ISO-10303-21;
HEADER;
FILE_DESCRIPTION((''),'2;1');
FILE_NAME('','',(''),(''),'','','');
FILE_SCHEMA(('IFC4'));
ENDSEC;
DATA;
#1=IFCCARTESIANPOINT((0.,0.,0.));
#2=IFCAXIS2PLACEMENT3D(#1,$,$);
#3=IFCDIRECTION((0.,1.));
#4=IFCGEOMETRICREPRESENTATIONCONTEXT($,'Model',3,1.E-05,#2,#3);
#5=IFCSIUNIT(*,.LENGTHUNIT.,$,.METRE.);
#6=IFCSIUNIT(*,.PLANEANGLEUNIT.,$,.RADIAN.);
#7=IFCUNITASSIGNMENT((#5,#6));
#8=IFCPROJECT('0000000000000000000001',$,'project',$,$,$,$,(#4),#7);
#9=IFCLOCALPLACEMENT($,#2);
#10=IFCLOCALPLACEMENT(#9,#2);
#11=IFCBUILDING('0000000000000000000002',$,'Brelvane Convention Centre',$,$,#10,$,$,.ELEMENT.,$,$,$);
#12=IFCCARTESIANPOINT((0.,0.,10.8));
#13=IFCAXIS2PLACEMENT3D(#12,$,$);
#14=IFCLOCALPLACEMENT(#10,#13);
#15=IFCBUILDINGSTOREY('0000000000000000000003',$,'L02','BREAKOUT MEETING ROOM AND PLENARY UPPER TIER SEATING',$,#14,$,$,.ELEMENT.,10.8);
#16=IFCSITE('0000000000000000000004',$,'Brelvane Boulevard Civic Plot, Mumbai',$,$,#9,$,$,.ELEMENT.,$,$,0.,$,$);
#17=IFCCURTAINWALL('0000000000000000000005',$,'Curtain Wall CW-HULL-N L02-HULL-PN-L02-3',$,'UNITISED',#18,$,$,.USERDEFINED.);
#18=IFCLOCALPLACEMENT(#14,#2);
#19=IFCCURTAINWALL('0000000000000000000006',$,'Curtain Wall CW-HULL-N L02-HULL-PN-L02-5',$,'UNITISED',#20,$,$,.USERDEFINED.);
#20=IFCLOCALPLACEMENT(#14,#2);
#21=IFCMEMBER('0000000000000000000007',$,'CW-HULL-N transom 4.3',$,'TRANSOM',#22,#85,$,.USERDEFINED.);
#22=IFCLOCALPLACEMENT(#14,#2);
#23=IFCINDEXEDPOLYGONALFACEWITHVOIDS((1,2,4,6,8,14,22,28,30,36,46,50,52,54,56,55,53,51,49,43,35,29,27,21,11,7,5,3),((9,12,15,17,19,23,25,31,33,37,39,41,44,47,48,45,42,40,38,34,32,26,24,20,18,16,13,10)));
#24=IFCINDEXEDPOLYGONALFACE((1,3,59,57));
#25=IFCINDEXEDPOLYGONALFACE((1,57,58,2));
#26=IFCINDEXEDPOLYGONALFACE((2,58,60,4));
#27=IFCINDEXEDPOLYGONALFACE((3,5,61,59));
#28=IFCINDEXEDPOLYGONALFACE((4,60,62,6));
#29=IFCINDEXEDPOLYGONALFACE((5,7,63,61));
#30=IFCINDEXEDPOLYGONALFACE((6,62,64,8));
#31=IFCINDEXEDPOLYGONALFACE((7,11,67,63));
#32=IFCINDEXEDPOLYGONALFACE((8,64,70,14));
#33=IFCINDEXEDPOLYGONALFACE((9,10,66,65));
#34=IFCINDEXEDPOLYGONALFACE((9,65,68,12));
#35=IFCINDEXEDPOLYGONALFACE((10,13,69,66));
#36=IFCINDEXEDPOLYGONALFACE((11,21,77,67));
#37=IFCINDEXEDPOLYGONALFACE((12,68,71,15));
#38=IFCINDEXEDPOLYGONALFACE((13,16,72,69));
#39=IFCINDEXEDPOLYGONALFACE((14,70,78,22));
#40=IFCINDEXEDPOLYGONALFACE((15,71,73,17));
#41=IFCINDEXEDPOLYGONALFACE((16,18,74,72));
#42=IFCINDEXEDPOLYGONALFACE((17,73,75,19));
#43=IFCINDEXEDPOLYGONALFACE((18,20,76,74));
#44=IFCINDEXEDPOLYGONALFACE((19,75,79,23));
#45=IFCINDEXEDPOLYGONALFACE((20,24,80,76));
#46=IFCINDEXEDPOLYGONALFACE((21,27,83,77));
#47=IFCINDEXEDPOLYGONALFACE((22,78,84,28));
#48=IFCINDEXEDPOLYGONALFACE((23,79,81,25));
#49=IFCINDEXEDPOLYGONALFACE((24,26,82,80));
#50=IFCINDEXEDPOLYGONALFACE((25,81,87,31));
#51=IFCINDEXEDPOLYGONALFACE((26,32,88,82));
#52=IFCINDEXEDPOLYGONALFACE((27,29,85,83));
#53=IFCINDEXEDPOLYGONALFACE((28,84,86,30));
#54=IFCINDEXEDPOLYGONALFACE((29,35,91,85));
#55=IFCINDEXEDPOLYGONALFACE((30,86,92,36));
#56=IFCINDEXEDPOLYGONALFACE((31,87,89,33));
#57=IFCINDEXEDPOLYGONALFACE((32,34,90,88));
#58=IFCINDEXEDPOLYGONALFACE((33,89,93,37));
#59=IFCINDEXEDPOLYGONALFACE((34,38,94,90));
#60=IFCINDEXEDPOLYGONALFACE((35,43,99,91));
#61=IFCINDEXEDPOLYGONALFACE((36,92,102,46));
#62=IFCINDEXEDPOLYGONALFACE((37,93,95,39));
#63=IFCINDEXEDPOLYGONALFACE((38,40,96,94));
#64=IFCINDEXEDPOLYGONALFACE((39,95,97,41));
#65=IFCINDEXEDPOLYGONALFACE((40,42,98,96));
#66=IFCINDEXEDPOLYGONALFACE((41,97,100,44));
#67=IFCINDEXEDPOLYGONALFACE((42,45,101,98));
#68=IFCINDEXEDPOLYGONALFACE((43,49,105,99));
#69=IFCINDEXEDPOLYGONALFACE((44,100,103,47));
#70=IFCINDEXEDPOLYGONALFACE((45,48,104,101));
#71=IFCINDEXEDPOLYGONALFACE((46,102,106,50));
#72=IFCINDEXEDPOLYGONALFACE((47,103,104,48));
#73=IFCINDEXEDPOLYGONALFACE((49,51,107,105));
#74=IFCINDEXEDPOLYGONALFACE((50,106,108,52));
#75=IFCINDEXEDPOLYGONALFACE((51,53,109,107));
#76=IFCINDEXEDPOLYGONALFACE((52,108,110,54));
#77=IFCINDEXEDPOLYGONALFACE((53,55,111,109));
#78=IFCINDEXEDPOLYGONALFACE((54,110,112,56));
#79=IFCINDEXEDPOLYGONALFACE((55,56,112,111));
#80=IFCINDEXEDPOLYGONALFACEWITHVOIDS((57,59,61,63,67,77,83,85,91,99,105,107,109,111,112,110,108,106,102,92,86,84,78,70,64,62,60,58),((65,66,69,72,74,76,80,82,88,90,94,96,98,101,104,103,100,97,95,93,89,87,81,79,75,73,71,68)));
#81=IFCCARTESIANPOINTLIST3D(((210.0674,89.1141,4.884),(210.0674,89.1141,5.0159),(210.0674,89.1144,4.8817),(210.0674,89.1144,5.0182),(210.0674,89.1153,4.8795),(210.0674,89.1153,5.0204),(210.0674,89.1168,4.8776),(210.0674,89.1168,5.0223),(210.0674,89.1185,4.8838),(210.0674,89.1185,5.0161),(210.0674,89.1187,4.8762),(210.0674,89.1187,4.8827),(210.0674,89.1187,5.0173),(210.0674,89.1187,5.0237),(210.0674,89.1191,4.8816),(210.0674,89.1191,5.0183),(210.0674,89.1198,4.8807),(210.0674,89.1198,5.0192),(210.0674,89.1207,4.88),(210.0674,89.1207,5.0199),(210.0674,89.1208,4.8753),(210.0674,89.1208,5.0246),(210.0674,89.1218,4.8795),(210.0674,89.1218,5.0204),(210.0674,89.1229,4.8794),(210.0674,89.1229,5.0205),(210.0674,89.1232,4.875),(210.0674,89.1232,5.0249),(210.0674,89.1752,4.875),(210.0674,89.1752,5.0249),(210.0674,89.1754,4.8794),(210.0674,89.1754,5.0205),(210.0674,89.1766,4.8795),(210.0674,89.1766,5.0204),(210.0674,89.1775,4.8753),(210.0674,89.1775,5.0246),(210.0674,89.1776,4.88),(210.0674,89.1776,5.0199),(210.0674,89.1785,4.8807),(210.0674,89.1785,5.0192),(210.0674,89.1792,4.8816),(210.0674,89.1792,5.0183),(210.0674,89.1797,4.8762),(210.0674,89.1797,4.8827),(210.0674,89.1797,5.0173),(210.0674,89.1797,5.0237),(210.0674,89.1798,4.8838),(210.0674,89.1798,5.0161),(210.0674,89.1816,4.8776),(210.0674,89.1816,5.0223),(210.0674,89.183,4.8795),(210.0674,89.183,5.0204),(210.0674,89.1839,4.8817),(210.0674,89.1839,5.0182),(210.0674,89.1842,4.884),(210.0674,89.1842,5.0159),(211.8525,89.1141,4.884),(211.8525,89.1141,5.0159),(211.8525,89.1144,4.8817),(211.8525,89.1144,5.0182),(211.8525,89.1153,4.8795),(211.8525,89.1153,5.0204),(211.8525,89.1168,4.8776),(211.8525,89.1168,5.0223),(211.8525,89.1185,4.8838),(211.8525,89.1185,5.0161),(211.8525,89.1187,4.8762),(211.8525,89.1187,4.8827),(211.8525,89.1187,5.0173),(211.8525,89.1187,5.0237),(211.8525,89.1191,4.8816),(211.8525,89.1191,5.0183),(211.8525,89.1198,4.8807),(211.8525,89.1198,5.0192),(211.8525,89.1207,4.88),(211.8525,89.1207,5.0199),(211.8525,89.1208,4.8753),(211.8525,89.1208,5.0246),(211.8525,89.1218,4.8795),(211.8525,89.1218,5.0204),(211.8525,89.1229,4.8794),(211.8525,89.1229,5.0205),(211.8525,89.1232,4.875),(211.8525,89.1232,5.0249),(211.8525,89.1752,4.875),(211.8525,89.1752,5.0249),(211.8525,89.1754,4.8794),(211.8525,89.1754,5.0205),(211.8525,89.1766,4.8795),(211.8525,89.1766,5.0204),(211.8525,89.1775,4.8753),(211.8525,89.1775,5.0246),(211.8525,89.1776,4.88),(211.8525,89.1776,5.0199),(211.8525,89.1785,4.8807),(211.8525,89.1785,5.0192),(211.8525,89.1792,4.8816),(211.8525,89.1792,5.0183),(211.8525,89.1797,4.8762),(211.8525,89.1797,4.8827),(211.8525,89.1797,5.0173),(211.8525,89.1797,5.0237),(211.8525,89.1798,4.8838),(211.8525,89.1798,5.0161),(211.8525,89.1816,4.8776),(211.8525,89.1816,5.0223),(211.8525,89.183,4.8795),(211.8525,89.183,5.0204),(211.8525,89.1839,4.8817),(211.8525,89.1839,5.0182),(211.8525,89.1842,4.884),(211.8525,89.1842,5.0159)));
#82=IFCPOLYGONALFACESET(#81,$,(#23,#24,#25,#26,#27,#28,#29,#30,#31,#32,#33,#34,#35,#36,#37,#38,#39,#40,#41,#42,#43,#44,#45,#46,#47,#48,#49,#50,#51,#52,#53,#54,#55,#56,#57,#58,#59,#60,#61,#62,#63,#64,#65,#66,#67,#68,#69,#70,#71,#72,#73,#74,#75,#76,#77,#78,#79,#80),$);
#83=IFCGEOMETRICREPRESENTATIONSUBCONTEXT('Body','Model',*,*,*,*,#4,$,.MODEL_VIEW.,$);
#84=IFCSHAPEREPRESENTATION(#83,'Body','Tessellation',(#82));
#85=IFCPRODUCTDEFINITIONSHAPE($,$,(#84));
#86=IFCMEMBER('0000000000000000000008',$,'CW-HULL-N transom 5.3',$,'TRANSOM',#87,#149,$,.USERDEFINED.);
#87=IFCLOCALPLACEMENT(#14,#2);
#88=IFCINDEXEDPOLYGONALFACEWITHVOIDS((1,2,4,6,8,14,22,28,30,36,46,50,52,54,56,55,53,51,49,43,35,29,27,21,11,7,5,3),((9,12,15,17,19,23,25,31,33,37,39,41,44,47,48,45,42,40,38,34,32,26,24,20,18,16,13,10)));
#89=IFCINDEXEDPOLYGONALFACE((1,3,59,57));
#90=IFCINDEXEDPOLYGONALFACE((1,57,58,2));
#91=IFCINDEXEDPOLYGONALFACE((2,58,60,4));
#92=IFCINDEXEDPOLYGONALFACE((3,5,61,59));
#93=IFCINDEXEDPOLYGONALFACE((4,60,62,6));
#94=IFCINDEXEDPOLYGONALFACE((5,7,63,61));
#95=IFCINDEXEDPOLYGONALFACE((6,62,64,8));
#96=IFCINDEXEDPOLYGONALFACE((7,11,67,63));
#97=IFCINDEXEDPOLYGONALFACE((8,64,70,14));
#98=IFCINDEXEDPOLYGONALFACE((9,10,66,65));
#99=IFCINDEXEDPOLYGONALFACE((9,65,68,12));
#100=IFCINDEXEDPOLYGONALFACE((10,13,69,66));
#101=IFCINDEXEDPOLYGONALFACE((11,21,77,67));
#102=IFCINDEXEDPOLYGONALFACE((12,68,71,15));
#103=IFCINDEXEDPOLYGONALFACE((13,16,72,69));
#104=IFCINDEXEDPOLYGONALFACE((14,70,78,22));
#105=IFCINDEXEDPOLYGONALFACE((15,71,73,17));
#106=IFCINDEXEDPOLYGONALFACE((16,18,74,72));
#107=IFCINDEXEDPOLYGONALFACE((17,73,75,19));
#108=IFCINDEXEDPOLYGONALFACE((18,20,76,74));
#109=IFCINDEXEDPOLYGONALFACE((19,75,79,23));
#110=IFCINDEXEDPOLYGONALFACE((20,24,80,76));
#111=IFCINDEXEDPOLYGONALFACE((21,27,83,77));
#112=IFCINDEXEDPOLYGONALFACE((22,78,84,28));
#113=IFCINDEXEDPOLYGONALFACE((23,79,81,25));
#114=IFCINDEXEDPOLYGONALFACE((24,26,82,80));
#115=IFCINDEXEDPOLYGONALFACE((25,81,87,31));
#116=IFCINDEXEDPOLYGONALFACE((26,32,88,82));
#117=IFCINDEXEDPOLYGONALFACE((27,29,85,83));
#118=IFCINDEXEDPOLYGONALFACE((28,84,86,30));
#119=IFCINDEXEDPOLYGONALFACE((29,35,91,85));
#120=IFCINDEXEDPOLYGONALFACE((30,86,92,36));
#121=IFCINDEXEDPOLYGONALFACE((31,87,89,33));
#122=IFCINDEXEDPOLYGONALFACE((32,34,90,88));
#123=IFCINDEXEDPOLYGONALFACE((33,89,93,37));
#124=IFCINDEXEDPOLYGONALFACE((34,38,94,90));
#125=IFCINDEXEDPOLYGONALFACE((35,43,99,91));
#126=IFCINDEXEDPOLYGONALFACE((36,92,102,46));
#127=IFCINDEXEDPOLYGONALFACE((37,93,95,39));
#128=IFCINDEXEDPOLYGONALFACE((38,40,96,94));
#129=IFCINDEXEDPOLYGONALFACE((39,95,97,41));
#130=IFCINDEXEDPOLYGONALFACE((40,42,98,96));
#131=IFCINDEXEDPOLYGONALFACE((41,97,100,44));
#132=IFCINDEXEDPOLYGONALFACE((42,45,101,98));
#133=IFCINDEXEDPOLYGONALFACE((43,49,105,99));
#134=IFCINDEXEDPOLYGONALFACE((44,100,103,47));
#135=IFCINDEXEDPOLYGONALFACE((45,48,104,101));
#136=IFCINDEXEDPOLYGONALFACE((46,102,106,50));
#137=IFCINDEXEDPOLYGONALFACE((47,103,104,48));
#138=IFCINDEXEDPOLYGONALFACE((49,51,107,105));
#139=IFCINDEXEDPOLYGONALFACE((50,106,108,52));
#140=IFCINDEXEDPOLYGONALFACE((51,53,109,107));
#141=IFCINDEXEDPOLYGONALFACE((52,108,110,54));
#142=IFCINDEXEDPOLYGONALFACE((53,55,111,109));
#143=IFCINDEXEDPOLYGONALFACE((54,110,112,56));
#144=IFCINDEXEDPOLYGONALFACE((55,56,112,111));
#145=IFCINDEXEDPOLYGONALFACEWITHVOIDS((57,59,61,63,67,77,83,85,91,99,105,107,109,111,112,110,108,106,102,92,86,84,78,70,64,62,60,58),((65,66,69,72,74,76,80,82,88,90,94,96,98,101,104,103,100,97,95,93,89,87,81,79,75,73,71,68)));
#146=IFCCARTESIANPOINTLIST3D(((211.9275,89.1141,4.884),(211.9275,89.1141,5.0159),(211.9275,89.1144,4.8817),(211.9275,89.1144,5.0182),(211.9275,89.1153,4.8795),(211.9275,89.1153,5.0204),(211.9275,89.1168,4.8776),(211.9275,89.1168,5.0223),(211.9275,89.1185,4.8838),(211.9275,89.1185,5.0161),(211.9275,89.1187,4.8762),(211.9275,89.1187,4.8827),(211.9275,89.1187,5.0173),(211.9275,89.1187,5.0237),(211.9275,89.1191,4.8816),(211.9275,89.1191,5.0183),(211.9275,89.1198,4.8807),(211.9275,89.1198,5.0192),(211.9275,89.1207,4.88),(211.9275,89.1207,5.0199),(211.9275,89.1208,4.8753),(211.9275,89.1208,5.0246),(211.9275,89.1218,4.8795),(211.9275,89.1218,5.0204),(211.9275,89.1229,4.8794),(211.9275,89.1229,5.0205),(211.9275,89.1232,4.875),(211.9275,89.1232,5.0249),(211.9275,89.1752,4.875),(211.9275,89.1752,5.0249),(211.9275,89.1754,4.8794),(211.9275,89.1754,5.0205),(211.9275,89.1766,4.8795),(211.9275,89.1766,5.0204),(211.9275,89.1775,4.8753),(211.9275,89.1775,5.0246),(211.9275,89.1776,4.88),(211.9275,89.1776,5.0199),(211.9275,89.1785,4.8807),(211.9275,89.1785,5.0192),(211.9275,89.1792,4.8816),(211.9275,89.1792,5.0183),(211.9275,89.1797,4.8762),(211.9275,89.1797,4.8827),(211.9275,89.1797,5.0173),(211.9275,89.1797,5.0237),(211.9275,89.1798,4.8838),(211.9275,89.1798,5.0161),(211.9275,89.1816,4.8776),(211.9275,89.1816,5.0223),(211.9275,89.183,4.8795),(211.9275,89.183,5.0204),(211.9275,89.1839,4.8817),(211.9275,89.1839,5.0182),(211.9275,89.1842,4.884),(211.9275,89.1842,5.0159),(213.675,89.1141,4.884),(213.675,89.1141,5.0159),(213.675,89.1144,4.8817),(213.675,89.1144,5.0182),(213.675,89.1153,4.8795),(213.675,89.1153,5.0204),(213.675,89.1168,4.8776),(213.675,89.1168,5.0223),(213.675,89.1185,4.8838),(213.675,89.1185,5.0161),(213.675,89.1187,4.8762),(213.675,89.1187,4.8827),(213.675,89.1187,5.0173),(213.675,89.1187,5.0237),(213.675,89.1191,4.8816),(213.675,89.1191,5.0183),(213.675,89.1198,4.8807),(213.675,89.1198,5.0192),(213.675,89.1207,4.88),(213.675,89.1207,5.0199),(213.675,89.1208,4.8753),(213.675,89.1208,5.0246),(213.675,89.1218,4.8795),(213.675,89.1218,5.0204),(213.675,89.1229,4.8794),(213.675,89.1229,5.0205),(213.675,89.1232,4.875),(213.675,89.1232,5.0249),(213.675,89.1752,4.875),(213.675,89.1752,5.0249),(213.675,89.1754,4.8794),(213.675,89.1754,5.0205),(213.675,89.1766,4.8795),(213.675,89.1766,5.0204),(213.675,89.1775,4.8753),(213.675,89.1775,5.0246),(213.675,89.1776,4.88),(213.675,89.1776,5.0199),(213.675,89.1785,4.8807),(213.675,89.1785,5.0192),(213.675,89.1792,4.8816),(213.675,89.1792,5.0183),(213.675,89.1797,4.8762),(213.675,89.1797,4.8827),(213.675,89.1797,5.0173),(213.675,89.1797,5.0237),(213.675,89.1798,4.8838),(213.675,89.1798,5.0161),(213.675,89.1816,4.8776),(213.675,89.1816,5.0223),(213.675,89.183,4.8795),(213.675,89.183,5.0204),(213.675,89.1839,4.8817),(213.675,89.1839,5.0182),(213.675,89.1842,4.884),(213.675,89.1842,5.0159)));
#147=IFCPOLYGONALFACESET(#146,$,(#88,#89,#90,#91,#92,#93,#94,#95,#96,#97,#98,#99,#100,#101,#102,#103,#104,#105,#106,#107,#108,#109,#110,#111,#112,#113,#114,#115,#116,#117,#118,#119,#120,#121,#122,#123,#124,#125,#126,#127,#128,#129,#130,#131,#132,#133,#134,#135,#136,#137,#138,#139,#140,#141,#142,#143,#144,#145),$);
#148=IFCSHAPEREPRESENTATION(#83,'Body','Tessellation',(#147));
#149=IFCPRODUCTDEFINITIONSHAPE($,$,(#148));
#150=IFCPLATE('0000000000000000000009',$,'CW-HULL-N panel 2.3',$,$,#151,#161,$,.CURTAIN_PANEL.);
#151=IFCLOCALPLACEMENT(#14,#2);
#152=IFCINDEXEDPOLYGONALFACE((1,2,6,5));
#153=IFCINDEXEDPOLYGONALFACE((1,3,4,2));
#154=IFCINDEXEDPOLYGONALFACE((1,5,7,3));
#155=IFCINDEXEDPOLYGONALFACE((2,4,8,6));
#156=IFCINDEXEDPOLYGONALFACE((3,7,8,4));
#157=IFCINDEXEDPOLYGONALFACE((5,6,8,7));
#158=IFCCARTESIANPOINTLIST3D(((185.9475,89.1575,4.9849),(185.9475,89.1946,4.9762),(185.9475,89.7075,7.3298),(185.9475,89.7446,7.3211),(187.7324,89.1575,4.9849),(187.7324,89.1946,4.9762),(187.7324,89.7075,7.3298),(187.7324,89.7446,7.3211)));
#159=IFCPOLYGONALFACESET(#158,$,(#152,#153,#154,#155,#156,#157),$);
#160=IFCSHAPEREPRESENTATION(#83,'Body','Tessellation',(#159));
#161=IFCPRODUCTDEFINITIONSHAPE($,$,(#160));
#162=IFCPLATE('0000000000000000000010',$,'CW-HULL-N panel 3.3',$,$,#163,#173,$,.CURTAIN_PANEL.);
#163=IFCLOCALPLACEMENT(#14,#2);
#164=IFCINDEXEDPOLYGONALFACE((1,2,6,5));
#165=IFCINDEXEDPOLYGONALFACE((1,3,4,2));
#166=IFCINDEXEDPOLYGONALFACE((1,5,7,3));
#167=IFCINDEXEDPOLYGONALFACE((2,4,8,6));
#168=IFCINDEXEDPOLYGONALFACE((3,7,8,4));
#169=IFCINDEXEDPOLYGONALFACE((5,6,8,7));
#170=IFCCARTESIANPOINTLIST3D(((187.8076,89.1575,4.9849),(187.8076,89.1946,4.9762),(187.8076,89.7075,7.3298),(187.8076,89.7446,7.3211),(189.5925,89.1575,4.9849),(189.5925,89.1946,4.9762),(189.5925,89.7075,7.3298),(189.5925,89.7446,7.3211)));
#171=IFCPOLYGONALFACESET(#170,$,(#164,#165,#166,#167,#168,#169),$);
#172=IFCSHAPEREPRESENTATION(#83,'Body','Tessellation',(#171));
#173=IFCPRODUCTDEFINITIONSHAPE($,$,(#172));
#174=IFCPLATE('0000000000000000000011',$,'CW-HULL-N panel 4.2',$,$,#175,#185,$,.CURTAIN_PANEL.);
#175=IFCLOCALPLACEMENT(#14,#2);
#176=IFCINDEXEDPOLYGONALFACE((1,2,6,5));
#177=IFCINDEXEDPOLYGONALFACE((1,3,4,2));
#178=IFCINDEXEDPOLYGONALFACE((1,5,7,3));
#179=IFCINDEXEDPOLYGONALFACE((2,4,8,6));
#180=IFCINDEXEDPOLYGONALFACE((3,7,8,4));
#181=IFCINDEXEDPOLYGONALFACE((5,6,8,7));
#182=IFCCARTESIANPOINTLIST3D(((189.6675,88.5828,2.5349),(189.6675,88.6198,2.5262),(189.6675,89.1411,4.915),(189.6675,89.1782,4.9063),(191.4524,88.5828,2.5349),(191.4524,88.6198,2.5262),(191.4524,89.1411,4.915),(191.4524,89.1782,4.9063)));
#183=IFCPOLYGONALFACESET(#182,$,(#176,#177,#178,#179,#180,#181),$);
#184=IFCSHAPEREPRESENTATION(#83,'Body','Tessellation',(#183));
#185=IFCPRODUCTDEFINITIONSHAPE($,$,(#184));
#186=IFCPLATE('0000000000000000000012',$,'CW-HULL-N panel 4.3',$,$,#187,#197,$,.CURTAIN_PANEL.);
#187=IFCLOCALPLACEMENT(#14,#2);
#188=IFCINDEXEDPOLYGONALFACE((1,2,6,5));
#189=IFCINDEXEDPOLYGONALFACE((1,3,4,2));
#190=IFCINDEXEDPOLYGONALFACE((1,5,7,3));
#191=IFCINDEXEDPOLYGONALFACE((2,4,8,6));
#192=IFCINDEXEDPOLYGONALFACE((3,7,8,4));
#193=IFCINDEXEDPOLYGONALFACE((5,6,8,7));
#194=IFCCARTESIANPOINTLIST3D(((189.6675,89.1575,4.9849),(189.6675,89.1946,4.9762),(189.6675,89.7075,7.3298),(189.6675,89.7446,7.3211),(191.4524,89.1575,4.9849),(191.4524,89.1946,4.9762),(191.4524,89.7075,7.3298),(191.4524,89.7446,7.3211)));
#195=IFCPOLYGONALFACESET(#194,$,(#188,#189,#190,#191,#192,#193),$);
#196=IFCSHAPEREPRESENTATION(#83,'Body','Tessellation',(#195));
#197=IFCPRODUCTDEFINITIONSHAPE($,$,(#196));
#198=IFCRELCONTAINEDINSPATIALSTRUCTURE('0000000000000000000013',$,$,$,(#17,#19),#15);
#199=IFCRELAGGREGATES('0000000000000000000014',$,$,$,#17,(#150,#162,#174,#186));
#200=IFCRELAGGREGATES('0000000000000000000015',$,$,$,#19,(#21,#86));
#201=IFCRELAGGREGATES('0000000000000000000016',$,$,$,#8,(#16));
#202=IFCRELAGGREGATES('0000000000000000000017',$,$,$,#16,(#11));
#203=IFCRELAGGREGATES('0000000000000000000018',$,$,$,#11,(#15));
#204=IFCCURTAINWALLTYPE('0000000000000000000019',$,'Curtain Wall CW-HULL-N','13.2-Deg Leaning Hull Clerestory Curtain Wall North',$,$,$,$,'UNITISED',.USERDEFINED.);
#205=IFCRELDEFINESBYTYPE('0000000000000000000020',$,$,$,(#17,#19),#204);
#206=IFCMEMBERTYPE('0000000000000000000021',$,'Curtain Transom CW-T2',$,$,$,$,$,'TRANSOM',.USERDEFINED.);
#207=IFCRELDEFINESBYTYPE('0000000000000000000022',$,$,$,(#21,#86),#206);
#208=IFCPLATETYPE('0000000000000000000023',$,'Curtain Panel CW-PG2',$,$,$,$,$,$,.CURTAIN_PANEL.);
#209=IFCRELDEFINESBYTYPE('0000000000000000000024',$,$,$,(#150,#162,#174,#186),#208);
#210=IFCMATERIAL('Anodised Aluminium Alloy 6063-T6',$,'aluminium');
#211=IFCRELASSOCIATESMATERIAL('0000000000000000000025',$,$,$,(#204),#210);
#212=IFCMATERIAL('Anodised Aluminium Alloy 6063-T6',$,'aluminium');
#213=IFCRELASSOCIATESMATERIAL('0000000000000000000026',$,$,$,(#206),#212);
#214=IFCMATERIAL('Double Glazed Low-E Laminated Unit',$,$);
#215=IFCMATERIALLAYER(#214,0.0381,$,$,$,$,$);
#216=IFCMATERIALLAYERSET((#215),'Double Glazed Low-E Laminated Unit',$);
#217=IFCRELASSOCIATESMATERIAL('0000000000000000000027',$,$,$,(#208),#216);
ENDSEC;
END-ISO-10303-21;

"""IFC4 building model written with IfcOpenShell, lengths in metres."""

from ifc_helpers import new_model, si_unit, direction, frame, origin, origin_2d, place, context, subcontext, project, spatial, polyline, hollow_rectangle, outline, extrude, material, layer, layer_set, material_profile, profile_set, type_object, element, aggregate, save


model = new_model("IFC4")

# Units and contexts
model_context = context("Model", 3, precision=1e-05, world=origin(), true_north=direction((0.0, 1.0)))
body_context = subcontext(model_context, "Body", "Model", "MODEL_VIEW")
ifc_project = project(units=[si_unit("LENGTHUNIT", "METRE"), si_unit("PLANEANGLEUNIT", "RADIAN")], contexts=[model_context])

# Site, building, storey
site_placement = place(None, origin())
site = spatial("IfcSite", under=ifc_project, at=site_placement, Name="Brelvane Boulevard Civic Plot, Mumbai", CompositionType="ELEMENT", RefElevation=0.0)
building_placement = place(site_placement, origin())
building = spatial("IfcBuilding", under=site, at=building_placement, Name="Brelvane Convention Centre", CompositionType="ELEMENT")
storey_placement = place(building_placement, frame((0.0, 0.0, 10.8)))
storey = spatial("IfcBuildingStorey", under=building, at=storey_placement, Name="L02", Description="BREAKOUT MEETING ROOM AND PLENARY UPPER TIER SEATING", CompositionType="ELEMENT", Elevation=10.8)

# Curtain walls, members
ifc_material_1 = material(Name="Anodised Aluminium Alloy 6063-T6", Category="aluminium")
curtain_wall_type = type_object("IfcCurtainWallType", Name="Curtain Wall CW-HULL-N", Description="13.2-Deg Leaning Hull Clerestory Curtain Wall North", ElementType="UNITISED", PredefinedType="USERDEFINED", material=ifc_material_1)
curtain_wall_1_placement = place(storey_placement, origin())
curtain_wall_1 = element("IfcCurtainWall", 1, at=curtain_wall_1_placement, inside=storey, type_object=curtain_wall_type, Name="Curtain Wall CW-HULL-N L02-HULL-PN-L02-3", ObjectType="UNITISED", PredefinedType="USERDEFINED")
ifc_material_2 = material(Name="Anodised Aluminium Alloy 6063-T6", Category="aluminium")
ifc_material_profile = material_profile(ifc_material_2, hollow_rectangle(XDim=0.0701, YDim=0.1499, WallThickness=0.0044, InnerFilletRadius=0.0044, OuterFilletRadius=0.009, at=origin_2d()), Name="ALU-T 150x70x4.5")
ifc_profile_set = profile_set([ifc_material_profile], Name="Anodised Aluminium Alloy 6063-T6")
member_type = type_object("IfcMemberType", Name="Curtain Transom CW-T2", ElementType="TRANSOM", PredefinedType="USERDEFINED", material=ifc_profile_set)
curtain_wall_2_placement = place(storey_placement, origin())
curtain_wall_2 = element("IfcCurtainWall", 2, at=curtain_wall_2_placement, inside=storey, type_object=curtain_wall_type, Name="Curtain Wall CW-HULL-N L02-HULL-PN-L02-5", ObjectType="UNITISED", PredefinedType="USERDEFINED")
member_1_placement = place(storey_placement, frame((210.0674, 89.1492, 4.95), z_axis=(1.0, 0.0, 0.0), x_axis=(0.0, 1.0, 0.0)))
member_1 = element("IfcMember", 3, at=member_1_placement, type_object=member_type, Name="CW-HULL-N transom 4.3", ObjectType="TRANSOM", PredefinedType="USERDEFINED", context=body_context, shape_type="SweptSolid", body=[
    extrude(hollow_rectangle(XDim=0.0701, YDim=0.1499, WallThickness=0.0044, InnerFilletRadius=0.0044, OuterFilletRadius=0.009, at=origin_2d()), origin(), (0.0, 0.0, 1.0), 1.7852),
])
member_2_placement = place(storey_placement, frame((211.9275, 89.1492, 4.95), z_axis=(1.0, 0.0, 0.0), x_axis=(0.0, 1.0, 0.0)))
member_2 = element("IfcMember", 4, at=member_2_placement, type_object=member_type, Name="CW-HULL-N transom 5.3", ObjectType="TRANSOM", PredefinedType="USERDEFINED", context=body_context, shape_type="SweptSolid", body=[
    extrude(hollow_rectangle(XDim=0.0701, YDim=0.1499, WallThickness=0.0044, InnerFilletRadius=0.0044, OuterFilletRadius=0.009, at=origin_2d()), origin(), (0.0, 0.0, 1.0), 1.7476),
])

# Plates
ifc_material_3 = material(Name="Double Glazed Low-E Laminated Unit")
ifc_layer = layer(ifc_material_3, 0.0381)
ifc_layer_set = layer_set([ifc_layer], Name="Double Glazed Low-E Laminated Unit")
plate_type = type_object("IfcPlateType", Name="Curtain Panel CW-PG2", PredefinedType="CURTAIN_PANEL", material=ifc_layer_set)
plate_1_placement = place(storey_placement, frame((185.9475, 89.1575, 4.9849), z_axis=(0.0, -0.973575, 0.228367), x_axis=(1.0, 0.0, 0.0)))
plate_1 = element("IfcPlate", 5, at=plate_1_placement, type_object=plate_type, Name="CW-HULL-N panel 2.3", PredefinedType="CURTAIN_PANEL", context=body_context, shape_type="SweptSolid", body=[
    extrude(outline(polyline([(0.0, 0.0), (1.7849, 0.0), (1.7849, 2.4086), (0.0, 2.4086), (0.0, 0.0)])), origin(), (0.0, 0.0, -1.0), 0.0381),
])
plate_2_placement = place(storey_placement, frame((187.8076, 89.1575, 4.9849), z_axis=(0.0, -0.973575, 0.228367), x_axis=(1.0, 0.0, 0.0)))
plate_2 = element("IfcPlate", 6, at=plate_2_placement, type_object=plate_type, Name="CW-HULL-N panel 3.3", PredefinedType="CURTAIN_PANEL", context=body_context, shape_type="SweptSolid", body=[
    extrude(outline(polyline([(0.0, 0.0), (1.7849, 0.0), (1.7849, 2.4086), (0.0, 2.4086), (0.0, 0.0)])), origin(), (0.0, 0.0, -1.0), 0.0381),
])
plate_3_placement = place(storey_placement, frame((189.6675, 88.5828, 2.5349), z_axis=(0.0, -0.97357, 0.228388), x_axis=(1.0, 0.0, 0.0)))
plate_3 = element("IfcPlate", 7, at=plate_3_placement, type_object=plate_type, Name="CW-HULL-N panel 4.2", PredefinedType="CURTAIN_PANEL", context=body_context, shape_type="SweptSolid", body=[
    extrude(outline(polyline([(0.0, 0.0), (1.7849, 0.0), (1.7849, 2.4447), (0.0, 2.4447), (0.0, 0.0)])), origin(), (0.0, 0.0, -1.0), 0.0381),
])
plate_4_placement = place(storey_placement, frame((189.6675, 89.1575, 4.9849), z_axis=(0.0, -0.973575, 0.228367), x_axis=(1.0, 0.0, 0.0)))
plate_4 = element("IfcPlate", 8, at=plate_4_placement, type_object=plate_type, Name="CW-HULL-N panel 4.3", PredefinedType="CURTAIN_PANEL", context=body_context, shape_type="SweptSolid", body=[
    extrude(outline(polyline([(0.0, 0.0), (1.7849, 0.0), (1.7849, 2.4086), (0.0, 2.4086), (0.0, 0.0)])), origin(), (0.0, 0.0, -1.0), 0.0381),
])
aggregate(curtain_wall_1, [plate_1, plate_2, plate_3, plate_4])
aggregate(curtain_wall_2, [member_1, member_2])

save(model, "model.ifc")
